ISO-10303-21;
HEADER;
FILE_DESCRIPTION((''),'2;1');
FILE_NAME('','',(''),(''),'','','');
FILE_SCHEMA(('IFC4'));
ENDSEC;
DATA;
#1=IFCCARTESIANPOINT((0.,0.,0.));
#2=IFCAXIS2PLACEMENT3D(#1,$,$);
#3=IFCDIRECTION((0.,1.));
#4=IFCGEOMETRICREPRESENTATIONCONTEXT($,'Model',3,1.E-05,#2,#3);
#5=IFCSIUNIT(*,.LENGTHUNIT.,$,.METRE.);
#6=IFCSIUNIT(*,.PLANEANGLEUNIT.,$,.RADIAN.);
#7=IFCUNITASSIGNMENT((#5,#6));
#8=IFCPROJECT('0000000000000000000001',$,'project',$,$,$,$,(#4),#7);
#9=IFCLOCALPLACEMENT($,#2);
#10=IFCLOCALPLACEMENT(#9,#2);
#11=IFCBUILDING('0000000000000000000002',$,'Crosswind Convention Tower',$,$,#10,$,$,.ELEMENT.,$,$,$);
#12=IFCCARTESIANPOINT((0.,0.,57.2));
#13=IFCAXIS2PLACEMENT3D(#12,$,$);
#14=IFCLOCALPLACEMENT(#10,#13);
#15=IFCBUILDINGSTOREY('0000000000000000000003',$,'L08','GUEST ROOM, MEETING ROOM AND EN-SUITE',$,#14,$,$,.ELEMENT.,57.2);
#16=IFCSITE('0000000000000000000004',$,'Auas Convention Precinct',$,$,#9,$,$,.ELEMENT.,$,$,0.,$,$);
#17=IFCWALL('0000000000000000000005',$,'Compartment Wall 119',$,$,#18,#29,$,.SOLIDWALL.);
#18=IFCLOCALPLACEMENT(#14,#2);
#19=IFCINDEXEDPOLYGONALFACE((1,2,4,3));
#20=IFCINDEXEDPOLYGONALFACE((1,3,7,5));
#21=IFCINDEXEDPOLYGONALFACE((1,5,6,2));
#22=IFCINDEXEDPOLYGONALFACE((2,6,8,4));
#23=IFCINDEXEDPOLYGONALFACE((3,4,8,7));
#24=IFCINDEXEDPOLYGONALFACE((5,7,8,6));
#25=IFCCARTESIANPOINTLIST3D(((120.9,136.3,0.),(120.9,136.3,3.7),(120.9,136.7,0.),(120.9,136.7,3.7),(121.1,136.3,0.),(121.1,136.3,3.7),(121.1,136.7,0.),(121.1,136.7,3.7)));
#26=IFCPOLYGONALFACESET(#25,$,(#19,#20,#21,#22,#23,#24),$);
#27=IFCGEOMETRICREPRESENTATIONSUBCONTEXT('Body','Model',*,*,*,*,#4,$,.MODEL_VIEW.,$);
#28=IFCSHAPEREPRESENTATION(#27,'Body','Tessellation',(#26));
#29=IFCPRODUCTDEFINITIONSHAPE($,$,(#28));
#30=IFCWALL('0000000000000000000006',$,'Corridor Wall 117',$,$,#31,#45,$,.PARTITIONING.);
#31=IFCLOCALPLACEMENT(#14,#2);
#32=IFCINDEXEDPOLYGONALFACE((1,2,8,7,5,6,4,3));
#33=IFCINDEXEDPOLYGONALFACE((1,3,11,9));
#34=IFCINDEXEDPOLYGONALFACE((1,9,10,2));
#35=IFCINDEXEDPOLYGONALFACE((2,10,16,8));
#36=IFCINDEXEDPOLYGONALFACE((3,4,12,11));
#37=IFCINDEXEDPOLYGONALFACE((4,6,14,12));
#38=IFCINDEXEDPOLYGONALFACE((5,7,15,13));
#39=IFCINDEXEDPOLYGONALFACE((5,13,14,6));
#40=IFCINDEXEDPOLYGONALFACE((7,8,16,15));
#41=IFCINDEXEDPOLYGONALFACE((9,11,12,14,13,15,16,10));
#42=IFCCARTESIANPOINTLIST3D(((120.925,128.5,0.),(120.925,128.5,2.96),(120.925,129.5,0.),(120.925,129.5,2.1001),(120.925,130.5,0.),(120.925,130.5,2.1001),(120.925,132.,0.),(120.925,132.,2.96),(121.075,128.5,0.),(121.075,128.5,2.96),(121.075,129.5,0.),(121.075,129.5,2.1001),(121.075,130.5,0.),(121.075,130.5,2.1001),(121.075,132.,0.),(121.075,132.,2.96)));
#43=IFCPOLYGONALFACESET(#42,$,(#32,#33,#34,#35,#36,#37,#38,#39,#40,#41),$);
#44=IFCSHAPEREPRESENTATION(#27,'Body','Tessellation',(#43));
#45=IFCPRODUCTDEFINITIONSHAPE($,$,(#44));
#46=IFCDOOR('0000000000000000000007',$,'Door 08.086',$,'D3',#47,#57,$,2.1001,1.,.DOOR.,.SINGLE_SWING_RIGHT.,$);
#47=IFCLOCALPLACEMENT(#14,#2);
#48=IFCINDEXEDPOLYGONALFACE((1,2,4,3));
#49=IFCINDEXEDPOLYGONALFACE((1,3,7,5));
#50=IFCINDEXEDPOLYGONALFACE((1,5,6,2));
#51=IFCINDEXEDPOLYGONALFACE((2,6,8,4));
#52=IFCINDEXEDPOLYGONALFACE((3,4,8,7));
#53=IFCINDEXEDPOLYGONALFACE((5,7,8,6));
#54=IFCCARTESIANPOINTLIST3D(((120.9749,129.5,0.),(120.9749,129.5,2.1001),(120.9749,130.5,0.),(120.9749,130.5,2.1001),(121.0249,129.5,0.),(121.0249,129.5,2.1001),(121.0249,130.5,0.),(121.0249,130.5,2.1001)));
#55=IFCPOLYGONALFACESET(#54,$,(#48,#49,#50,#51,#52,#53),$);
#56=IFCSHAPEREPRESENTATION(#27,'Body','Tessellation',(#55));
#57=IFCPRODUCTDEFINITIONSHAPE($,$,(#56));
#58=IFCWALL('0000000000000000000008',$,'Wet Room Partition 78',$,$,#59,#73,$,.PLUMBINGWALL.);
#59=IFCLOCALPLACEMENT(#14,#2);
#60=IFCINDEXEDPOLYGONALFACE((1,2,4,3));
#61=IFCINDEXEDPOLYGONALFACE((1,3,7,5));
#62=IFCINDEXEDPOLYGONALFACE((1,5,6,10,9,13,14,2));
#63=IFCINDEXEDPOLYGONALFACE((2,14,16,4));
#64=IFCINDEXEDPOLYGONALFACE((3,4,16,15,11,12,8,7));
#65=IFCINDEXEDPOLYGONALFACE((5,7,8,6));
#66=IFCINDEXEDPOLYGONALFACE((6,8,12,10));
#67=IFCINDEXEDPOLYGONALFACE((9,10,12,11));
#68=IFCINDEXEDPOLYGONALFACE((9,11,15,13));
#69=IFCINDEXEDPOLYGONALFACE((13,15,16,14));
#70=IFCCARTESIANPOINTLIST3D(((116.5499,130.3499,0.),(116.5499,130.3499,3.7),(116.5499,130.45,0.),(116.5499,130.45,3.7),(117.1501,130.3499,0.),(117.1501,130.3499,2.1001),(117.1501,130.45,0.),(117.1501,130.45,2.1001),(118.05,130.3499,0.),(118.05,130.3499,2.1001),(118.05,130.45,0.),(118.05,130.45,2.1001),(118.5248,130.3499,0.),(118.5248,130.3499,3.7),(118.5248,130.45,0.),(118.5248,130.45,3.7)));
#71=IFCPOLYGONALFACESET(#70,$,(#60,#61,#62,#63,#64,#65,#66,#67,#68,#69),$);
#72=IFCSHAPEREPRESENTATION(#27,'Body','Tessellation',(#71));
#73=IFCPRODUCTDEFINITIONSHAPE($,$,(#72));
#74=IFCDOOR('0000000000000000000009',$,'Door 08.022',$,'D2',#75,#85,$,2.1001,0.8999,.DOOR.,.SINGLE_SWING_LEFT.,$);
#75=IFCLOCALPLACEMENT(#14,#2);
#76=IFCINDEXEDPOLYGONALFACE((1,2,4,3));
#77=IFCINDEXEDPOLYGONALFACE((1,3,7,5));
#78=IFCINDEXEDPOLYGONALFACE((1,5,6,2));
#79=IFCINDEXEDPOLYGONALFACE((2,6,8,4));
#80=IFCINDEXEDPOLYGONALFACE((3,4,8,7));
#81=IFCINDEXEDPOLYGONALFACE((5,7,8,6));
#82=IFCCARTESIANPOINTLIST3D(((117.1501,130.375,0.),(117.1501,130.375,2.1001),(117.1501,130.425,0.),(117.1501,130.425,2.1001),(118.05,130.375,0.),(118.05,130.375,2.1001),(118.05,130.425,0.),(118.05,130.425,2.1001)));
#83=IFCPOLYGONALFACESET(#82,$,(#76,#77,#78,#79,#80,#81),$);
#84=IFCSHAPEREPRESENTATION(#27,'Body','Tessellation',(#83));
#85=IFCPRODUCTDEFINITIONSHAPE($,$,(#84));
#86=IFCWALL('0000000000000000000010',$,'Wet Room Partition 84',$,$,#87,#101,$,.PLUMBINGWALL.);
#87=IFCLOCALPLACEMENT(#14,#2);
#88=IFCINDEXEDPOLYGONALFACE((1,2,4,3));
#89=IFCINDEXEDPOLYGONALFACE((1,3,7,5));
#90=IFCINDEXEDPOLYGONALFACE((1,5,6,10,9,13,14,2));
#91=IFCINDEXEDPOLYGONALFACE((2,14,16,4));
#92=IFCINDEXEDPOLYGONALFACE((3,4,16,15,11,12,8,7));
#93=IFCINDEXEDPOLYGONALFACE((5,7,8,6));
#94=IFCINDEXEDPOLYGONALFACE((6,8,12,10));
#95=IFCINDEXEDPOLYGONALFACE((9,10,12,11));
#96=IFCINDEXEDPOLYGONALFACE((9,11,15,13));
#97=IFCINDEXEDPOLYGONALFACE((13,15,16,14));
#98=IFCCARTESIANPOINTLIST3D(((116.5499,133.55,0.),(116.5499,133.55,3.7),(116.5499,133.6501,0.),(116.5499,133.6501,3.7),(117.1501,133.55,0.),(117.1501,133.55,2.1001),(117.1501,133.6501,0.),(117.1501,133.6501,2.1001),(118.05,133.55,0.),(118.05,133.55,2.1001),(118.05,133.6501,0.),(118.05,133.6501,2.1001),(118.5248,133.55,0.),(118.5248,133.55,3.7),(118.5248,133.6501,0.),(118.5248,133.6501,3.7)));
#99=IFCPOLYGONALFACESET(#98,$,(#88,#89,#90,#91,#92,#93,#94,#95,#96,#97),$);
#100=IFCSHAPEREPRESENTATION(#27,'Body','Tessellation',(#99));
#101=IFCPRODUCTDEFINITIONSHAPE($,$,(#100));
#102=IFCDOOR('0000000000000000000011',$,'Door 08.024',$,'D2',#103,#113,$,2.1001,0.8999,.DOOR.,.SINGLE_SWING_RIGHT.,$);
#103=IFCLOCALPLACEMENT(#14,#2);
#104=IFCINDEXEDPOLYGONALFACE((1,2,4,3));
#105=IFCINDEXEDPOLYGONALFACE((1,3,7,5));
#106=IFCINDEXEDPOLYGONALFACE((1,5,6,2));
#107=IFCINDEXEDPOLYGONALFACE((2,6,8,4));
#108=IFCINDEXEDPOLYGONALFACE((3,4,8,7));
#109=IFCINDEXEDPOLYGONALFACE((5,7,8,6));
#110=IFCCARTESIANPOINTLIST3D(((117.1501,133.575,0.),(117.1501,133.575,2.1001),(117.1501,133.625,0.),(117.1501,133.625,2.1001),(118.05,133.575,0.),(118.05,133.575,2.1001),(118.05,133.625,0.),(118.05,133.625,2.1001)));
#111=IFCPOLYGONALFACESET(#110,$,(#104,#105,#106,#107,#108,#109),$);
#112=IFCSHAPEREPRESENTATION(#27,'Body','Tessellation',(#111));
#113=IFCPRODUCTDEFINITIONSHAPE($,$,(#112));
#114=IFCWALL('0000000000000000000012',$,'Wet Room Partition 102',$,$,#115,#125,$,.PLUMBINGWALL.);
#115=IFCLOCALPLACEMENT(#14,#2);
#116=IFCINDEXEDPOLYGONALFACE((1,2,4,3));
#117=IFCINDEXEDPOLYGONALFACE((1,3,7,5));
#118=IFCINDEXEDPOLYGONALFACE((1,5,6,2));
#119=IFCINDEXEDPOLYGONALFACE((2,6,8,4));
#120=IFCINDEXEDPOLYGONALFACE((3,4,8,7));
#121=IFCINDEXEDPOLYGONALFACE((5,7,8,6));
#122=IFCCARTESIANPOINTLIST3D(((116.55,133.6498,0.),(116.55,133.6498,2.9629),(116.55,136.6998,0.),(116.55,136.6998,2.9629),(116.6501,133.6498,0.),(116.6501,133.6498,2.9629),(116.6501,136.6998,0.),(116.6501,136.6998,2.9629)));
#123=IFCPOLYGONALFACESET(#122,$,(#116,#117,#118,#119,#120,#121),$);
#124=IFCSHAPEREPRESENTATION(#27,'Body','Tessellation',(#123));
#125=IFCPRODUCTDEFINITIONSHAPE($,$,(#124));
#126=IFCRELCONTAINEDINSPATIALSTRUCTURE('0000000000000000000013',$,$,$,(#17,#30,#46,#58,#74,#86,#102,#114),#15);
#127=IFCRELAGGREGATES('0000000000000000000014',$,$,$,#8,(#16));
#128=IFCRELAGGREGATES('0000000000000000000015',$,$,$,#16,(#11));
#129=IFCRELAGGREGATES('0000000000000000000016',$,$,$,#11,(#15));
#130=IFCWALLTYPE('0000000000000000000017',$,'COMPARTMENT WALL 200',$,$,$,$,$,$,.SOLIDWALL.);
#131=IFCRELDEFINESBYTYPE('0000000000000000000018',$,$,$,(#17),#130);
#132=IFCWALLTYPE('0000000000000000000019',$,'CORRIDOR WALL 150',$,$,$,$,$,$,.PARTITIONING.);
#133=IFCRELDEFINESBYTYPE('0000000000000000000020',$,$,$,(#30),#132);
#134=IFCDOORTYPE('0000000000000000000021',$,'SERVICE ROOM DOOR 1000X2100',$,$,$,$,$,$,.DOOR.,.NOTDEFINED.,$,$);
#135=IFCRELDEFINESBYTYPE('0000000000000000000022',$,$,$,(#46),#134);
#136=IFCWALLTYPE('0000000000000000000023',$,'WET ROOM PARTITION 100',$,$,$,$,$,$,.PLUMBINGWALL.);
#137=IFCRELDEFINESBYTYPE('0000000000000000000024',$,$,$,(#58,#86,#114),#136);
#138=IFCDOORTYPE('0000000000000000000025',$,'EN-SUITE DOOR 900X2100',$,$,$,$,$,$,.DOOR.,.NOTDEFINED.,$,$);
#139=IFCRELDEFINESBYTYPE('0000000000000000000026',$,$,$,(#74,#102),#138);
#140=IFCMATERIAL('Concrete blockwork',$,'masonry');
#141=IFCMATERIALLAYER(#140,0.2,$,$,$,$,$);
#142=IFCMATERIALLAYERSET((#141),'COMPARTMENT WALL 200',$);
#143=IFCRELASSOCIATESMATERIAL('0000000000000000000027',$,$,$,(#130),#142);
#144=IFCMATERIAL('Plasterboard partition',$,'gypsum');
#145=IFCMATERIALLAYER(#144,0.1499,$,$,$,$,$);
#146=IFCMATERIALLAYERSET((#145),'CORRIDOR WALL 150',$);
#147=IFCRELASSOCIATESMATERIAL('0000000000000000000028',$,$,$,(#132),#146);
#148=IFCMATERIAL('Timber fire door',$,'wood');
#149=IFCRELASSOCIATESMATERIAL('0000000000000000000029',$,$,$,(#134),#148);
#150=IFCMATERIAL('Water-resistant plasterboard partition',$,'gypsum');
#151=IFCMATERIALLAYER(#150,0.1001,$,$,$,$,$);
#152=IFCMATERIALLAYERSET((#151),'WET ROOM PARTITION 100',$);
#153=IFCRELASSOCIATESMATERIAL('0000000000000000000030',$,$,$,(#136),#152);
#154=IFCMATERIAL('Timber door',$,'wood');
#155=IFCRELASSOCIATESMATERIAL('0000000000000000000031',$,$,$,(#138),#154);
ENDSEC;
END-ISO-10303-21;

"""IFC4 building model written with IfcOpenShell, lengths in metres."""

from ifc_helpers import new_model, si_unit, direction, frame, frame_2d, origin, place, context, subcontext, project, spatial, rectangle, extrude, material, layer, layer_set, type_object, element, fill, save


model = new_model("IFC4")

# Units and contexts
model_context = context("Model", 3, precision=1e-05, world=origin(), true_north=direction((0.0, 1.0)))
body_context = subcontext(model_context, "Body", "Model", "MODEL_VIEW")
ifc_project = project(units=[si_unit("LENGTHUNIT", "METRE"), si_unit("PLANEANGLEUNIT", "RADIAN")], contexts=[model_context])

# Site, building, storey
site_placement = place(None, origin())
site = spatial("IfcSite", under=ifc_project, at=site_placement, Name="Auas Convention Precinct", CompositionType="ELEMENT", RefElevation=0.0)
building_placement = place(site_placement, origin())
building = spatial("IfcBuilding", under=site, at=building_placement, Name="Crosswind Convention Tower", CompositionType="ELEMENT")
storey_placement = place(building_placement, frame((0.0, 0.0, 57.2)))
storey = spatial("IfcBuildingStorey", under=building, at=storey_placement, Name="L08", Description="GUEST ROOM, MEETING ROOM AND EN-SUITE", CompositionType="ELEMENT", Elevation=57.2)

# Shared definitions
ifc_material_1 = material(Name="Concrete blockwork", Category="masonry")
ifc_layer_1 = layer(ifc_material_1, 0.2)
ifc_layer_set_1 = layer_set([ifc_layer_1], Name="COMPARTMENT WALL 200")
wall_type_1 = type_object("IfcWallType", Name="COMPARTMENT WALL 200", PredefinedType="SOLIDWALL", material=ifc_layer_set_1)

# Wall
wall_1_placement = place(storey_placement, frame((121.0, 136.3, 0.0), z_axis=(0.0, 0.0, 1.0), x_axis=(0.0, 1.0, 0.0)))
element("IfcWall", 1, at=wall_1_placement, inside=storey, type_object=wall_type_1, Name="Compartment Wall 119", PredefinedType="SOLIDWALL", context=body_context, shape_type="SweptSolid", body=[
    extrude(rectangle(XDim=0.3999, YDim=0.2, at=frame_2d((0.2, 0.0))), origin(), (0.0, 0.0, 1.0), 3.7),
])

# Walls, openings, doors
ifc_material_2 = material(Name="Plasterboard partition", Category="gypsum")
ifc_layer_2 = layer(ifc_material_2, 0.1499)
ifc_layer_set_2 = layer_set([ifc_layer_2], Name="CORRIDOR WALL 150")
wall_type_2 = type_object("IfcWallType", Name="CORRIDOR WALL 150", PredefinedType="PARTITIONING", material=ifc_layer_set_2)
wall_2_placement = place(storey_placement, frame((121.0, 128.5, 0.0), z_axis=(0.0, 0.0, 1.0), x_axis=(0.0, 1.0, 0.0)))
wall_2 = element("IfcWall", 2, at=wall_2_placement, inside=storey, type_object=wall_type_2, Name="Corridor Wall 117", PredefinedType="PARTITIONING", context=body_context, shape_type="SweptSolid", body=[
    extrude(rectangle(XDim=3.5, YDim=0.1499, at=frame_2d((1.75, 0.0))), origin(), (0.0, 0.0, 1.0), 2.96),
])
opening_1_placement = place(wall_2_placement, frame((1.0, 0.0, 0.0)))
opening_1 = element("IfcOpeningElement", 3, at=opening_1_placement, cuts=wall_2, PredefinedType="OPENING", context=body_context, shape_type="SweptSolid", body=[
    extrude(rectangle(XDim=1.0, YDim=2.1001, at=frame_2d((0.5, 1.05))), frame((0.0, 0.085, 0.0), z_axis=(0.0, -1.0, 0.0), x_axis=(1.0, 0.0, 0.0)), (0.0, 0.0, 1.0), 0.1699),
])
ifc_material_3 = material(Name="Timber fire door", Category="wood")
door_type_1 = type_object("IfcDoorType", Name="SERVICE ROOM DOOR 1000X2100", OperationType="NOTDEFINED", PredefinedType="DOOR", material=ifc_material_3)
door_1_placement = place(opening_1_placement, frame((1.0, 0.0, 0.0), z_axis=(0.0, 0.0, 1.0), x_axis=(-1.0, 0.0, 0.0)))
door_1 = element("IfcDoor", 4, at=door_1_placement, inside=storey, type_object=door_type_1, Name="Door 08.086", ObjectType="D3", OperationType="SINGLE_SWING_RIGHT", OverallHeight=2.1001, OverallWidth=1.0, PredefinedType="DOOR", context=body_context, shape_type="SweptSolid", body=[
    extrude(rectangle(XDim=1.0, YDim=2.1001, at=frame_2d((0.5, 1.05))), frame((0.0, 0.0249, 0.0), z_axis=(0.0, -1.0, 0.0), x_axis=(1.0, 0.0, 0.0)), (0.0, 0.0, 1.0), 0.05),
])
fill(opening_1, door_1)
ifc_material_4 = material(Name="Water-resistant plasterboard partition", Category="gypsum")
ifc_layer_3 = layer(ifc_material_4, 0.1001)
ifc_layer_set_3 = layer_set([ifc_layer_3], Name="WET ROOM PARTITION 100")
wall_type_3 = type_object("IfcWallType", Name="WET ROOM PARTITION 100", PredefinedType="PLUMBINGWALL", material=ifc_layer_set_3)
wall_3_placement = place(storey_placement, frame((116.55, 130.3999, 0.0), z_axis=(0.0, 0.0, 1.0), x_axis=(1.0, 0.0, 0.0)))
wall_3 = element("IfcWall", 5, at=wall_3_placement, inside=storey, type_object=wall_type_3, Name="Wet Room Partition 78", PredefinedType="PLUMBINGWALL", context=body_context, shape_type="SweptSolid", body=[
    extrude(rectangle(XDim=1.9749, YDim=0.1001, at=frame_2d((0.9873, 0.0))), origin(), (0.0, 0.0, 1.0), 3.7),
])
opening_2_placement = place(wall_3_placement, frame((0.6001, 0.0, 0.0)))
opening_2 = element("IfcOpeningElement", 6, at=opening_2_placement, cuts=wall_3, PredefinedType="OPENING", context=body_context, shape_type="SweptSolid", body=[
    extrude(rectangle(XDim=0.8999, YDim=2.1001, at=frame_2d((0.45, 1.05))), frame((0.0, 0.0601, 0.0), z_axis=(0.0, -1.0, 0.0), x_axis=(1.0, 0.0, 0.0)), (0.0, 0.0, 1.0), 0.1201),
])
ifc_material_5 = material(Name="Timber door", Category="wood")
door_type_2 = type_object("IfcDoorType", Name="EN-SUITE DOOR 900X2100", OperationType="NOTDEFINED", PredefinedType="DOOR", material=ifc_material_5)
door_2_placement = place(opening_2_placement, frame((0.8999, 0.0, 0.0), z_axis=(0.0, 0.0, 1.0), x_axis=(-1.0, 0.0, 0.0)))
door_2 = element("IfcDoor", 7, at=door_2_placement, inside=storey, type_object=door_type_2, Name="Door 08.022", ObjectType="D2", OperationType="SINGLE_SWING_LEFT", OverallHeight=2.1001, OverallWidth=0.8999, PredefinedType="DOOR", context=body_context, shape_type="SweptSolid", body=[
    extrude(rectangle(XDim=0.8999, YDim=2.1001, at=frame_2d((0.45, 1.05))), frame((0.0, 0.0249, 0.0), z_axis=(0.0, -1.0, 0.0), x_axis=(1.0, 0.0, 0.0)), (0.0, 0.0, 1.0), 0.05),
])
fill(opening_2, door_2)
wall_4_placement = place(storey_placement, frame((116.55, 133.6001, 0.0), z_axis=(0.0, 0.0, 1.0), x_axis=(1.0, 0.0, 0.0)))
wall_4 = element("IfcWall", 8, at=wall_4_placement, inside=storey, type_object=wall_type_3, Name="Wet Room Partition 84", PredefinedType="PLUMBINGWALL", context=body_context, shape_type="SweptSolid", body=[
    extrude(rectangle(XDim=1.9749, YDim=0.1001, at=frame_2d((0.9873, 0.0))), origin(), (0.0, 0.0, 1.0), 3.7),
])
opening_3_placement = place(wall_4_placement, frame((0.6001, 0.0, 0.0)))
opening_3 = element("IfcOpeningElement", 9, at=opening_3_placement, cuts=wall_4, PredefinedType="OPENING", context=body_context, shape_type="SweptSolid", body=[
    extrude(rectangle(XDim=0.8999, YDim=2.1001, at=frame_2d((0.45, 1.05))), frame((0.0, 0.0601, 0.0), z_axis=(0.0, -1.0, 0.0), x_axis=(1.0, 0.0, 0.0)), (0.0, 0.0, 1.0), 0.1201),
])
door_3_placement = place(opening_3_placement, origin())
door_3 = element("IfcDoor", 10, at=door_3_placement, inside=storey, type_object=door_type_2, Name="Door 08.024", ObjectType="D2", OperationType="SINGLE_SWING_RIGHT", OverallHeight=2.1001, OverallWidth=0.8999, PredefinedType="DOOR", context=body_context, shape_type="SweptSolid", body=[
    extrude(rectangle(XDim=0.8999, YDim=2.1001, at=frame_2d((0.45, 1.05))), frame((0.0, 0.0249, 0.0), z_axis=(0.0, -1.0, 0.0), x_axis=(1.0, 0.0, 0.0)), (0.0, 0.0, 1.0), 0.05),
])
fill(opening_3, door_3)

# Wall
wall_5_placement = place(storey_placement, frame((116.6001, 133.6499, 0.0), z_axis=(0.0, 0.0, 1.0), x_axis=(0.0, 1.0, 0.0)))
element("IfcWall", 11, at=wall_5_placement, inside=storey, type_object=wall_type_3, Name="Wet Room Partition 102", PredefinedType="PLUMBINGWALL", context=body_context, shape_type="SweptSolid", body=[
    extrude(rectangle(XDim=3.05, YDim=0.1001, at=frame_2d((1.5249, 0.0))), origin(), (0.0, 0.0, 1.0), 2.9629),
])

save(model, "model.ifc")
